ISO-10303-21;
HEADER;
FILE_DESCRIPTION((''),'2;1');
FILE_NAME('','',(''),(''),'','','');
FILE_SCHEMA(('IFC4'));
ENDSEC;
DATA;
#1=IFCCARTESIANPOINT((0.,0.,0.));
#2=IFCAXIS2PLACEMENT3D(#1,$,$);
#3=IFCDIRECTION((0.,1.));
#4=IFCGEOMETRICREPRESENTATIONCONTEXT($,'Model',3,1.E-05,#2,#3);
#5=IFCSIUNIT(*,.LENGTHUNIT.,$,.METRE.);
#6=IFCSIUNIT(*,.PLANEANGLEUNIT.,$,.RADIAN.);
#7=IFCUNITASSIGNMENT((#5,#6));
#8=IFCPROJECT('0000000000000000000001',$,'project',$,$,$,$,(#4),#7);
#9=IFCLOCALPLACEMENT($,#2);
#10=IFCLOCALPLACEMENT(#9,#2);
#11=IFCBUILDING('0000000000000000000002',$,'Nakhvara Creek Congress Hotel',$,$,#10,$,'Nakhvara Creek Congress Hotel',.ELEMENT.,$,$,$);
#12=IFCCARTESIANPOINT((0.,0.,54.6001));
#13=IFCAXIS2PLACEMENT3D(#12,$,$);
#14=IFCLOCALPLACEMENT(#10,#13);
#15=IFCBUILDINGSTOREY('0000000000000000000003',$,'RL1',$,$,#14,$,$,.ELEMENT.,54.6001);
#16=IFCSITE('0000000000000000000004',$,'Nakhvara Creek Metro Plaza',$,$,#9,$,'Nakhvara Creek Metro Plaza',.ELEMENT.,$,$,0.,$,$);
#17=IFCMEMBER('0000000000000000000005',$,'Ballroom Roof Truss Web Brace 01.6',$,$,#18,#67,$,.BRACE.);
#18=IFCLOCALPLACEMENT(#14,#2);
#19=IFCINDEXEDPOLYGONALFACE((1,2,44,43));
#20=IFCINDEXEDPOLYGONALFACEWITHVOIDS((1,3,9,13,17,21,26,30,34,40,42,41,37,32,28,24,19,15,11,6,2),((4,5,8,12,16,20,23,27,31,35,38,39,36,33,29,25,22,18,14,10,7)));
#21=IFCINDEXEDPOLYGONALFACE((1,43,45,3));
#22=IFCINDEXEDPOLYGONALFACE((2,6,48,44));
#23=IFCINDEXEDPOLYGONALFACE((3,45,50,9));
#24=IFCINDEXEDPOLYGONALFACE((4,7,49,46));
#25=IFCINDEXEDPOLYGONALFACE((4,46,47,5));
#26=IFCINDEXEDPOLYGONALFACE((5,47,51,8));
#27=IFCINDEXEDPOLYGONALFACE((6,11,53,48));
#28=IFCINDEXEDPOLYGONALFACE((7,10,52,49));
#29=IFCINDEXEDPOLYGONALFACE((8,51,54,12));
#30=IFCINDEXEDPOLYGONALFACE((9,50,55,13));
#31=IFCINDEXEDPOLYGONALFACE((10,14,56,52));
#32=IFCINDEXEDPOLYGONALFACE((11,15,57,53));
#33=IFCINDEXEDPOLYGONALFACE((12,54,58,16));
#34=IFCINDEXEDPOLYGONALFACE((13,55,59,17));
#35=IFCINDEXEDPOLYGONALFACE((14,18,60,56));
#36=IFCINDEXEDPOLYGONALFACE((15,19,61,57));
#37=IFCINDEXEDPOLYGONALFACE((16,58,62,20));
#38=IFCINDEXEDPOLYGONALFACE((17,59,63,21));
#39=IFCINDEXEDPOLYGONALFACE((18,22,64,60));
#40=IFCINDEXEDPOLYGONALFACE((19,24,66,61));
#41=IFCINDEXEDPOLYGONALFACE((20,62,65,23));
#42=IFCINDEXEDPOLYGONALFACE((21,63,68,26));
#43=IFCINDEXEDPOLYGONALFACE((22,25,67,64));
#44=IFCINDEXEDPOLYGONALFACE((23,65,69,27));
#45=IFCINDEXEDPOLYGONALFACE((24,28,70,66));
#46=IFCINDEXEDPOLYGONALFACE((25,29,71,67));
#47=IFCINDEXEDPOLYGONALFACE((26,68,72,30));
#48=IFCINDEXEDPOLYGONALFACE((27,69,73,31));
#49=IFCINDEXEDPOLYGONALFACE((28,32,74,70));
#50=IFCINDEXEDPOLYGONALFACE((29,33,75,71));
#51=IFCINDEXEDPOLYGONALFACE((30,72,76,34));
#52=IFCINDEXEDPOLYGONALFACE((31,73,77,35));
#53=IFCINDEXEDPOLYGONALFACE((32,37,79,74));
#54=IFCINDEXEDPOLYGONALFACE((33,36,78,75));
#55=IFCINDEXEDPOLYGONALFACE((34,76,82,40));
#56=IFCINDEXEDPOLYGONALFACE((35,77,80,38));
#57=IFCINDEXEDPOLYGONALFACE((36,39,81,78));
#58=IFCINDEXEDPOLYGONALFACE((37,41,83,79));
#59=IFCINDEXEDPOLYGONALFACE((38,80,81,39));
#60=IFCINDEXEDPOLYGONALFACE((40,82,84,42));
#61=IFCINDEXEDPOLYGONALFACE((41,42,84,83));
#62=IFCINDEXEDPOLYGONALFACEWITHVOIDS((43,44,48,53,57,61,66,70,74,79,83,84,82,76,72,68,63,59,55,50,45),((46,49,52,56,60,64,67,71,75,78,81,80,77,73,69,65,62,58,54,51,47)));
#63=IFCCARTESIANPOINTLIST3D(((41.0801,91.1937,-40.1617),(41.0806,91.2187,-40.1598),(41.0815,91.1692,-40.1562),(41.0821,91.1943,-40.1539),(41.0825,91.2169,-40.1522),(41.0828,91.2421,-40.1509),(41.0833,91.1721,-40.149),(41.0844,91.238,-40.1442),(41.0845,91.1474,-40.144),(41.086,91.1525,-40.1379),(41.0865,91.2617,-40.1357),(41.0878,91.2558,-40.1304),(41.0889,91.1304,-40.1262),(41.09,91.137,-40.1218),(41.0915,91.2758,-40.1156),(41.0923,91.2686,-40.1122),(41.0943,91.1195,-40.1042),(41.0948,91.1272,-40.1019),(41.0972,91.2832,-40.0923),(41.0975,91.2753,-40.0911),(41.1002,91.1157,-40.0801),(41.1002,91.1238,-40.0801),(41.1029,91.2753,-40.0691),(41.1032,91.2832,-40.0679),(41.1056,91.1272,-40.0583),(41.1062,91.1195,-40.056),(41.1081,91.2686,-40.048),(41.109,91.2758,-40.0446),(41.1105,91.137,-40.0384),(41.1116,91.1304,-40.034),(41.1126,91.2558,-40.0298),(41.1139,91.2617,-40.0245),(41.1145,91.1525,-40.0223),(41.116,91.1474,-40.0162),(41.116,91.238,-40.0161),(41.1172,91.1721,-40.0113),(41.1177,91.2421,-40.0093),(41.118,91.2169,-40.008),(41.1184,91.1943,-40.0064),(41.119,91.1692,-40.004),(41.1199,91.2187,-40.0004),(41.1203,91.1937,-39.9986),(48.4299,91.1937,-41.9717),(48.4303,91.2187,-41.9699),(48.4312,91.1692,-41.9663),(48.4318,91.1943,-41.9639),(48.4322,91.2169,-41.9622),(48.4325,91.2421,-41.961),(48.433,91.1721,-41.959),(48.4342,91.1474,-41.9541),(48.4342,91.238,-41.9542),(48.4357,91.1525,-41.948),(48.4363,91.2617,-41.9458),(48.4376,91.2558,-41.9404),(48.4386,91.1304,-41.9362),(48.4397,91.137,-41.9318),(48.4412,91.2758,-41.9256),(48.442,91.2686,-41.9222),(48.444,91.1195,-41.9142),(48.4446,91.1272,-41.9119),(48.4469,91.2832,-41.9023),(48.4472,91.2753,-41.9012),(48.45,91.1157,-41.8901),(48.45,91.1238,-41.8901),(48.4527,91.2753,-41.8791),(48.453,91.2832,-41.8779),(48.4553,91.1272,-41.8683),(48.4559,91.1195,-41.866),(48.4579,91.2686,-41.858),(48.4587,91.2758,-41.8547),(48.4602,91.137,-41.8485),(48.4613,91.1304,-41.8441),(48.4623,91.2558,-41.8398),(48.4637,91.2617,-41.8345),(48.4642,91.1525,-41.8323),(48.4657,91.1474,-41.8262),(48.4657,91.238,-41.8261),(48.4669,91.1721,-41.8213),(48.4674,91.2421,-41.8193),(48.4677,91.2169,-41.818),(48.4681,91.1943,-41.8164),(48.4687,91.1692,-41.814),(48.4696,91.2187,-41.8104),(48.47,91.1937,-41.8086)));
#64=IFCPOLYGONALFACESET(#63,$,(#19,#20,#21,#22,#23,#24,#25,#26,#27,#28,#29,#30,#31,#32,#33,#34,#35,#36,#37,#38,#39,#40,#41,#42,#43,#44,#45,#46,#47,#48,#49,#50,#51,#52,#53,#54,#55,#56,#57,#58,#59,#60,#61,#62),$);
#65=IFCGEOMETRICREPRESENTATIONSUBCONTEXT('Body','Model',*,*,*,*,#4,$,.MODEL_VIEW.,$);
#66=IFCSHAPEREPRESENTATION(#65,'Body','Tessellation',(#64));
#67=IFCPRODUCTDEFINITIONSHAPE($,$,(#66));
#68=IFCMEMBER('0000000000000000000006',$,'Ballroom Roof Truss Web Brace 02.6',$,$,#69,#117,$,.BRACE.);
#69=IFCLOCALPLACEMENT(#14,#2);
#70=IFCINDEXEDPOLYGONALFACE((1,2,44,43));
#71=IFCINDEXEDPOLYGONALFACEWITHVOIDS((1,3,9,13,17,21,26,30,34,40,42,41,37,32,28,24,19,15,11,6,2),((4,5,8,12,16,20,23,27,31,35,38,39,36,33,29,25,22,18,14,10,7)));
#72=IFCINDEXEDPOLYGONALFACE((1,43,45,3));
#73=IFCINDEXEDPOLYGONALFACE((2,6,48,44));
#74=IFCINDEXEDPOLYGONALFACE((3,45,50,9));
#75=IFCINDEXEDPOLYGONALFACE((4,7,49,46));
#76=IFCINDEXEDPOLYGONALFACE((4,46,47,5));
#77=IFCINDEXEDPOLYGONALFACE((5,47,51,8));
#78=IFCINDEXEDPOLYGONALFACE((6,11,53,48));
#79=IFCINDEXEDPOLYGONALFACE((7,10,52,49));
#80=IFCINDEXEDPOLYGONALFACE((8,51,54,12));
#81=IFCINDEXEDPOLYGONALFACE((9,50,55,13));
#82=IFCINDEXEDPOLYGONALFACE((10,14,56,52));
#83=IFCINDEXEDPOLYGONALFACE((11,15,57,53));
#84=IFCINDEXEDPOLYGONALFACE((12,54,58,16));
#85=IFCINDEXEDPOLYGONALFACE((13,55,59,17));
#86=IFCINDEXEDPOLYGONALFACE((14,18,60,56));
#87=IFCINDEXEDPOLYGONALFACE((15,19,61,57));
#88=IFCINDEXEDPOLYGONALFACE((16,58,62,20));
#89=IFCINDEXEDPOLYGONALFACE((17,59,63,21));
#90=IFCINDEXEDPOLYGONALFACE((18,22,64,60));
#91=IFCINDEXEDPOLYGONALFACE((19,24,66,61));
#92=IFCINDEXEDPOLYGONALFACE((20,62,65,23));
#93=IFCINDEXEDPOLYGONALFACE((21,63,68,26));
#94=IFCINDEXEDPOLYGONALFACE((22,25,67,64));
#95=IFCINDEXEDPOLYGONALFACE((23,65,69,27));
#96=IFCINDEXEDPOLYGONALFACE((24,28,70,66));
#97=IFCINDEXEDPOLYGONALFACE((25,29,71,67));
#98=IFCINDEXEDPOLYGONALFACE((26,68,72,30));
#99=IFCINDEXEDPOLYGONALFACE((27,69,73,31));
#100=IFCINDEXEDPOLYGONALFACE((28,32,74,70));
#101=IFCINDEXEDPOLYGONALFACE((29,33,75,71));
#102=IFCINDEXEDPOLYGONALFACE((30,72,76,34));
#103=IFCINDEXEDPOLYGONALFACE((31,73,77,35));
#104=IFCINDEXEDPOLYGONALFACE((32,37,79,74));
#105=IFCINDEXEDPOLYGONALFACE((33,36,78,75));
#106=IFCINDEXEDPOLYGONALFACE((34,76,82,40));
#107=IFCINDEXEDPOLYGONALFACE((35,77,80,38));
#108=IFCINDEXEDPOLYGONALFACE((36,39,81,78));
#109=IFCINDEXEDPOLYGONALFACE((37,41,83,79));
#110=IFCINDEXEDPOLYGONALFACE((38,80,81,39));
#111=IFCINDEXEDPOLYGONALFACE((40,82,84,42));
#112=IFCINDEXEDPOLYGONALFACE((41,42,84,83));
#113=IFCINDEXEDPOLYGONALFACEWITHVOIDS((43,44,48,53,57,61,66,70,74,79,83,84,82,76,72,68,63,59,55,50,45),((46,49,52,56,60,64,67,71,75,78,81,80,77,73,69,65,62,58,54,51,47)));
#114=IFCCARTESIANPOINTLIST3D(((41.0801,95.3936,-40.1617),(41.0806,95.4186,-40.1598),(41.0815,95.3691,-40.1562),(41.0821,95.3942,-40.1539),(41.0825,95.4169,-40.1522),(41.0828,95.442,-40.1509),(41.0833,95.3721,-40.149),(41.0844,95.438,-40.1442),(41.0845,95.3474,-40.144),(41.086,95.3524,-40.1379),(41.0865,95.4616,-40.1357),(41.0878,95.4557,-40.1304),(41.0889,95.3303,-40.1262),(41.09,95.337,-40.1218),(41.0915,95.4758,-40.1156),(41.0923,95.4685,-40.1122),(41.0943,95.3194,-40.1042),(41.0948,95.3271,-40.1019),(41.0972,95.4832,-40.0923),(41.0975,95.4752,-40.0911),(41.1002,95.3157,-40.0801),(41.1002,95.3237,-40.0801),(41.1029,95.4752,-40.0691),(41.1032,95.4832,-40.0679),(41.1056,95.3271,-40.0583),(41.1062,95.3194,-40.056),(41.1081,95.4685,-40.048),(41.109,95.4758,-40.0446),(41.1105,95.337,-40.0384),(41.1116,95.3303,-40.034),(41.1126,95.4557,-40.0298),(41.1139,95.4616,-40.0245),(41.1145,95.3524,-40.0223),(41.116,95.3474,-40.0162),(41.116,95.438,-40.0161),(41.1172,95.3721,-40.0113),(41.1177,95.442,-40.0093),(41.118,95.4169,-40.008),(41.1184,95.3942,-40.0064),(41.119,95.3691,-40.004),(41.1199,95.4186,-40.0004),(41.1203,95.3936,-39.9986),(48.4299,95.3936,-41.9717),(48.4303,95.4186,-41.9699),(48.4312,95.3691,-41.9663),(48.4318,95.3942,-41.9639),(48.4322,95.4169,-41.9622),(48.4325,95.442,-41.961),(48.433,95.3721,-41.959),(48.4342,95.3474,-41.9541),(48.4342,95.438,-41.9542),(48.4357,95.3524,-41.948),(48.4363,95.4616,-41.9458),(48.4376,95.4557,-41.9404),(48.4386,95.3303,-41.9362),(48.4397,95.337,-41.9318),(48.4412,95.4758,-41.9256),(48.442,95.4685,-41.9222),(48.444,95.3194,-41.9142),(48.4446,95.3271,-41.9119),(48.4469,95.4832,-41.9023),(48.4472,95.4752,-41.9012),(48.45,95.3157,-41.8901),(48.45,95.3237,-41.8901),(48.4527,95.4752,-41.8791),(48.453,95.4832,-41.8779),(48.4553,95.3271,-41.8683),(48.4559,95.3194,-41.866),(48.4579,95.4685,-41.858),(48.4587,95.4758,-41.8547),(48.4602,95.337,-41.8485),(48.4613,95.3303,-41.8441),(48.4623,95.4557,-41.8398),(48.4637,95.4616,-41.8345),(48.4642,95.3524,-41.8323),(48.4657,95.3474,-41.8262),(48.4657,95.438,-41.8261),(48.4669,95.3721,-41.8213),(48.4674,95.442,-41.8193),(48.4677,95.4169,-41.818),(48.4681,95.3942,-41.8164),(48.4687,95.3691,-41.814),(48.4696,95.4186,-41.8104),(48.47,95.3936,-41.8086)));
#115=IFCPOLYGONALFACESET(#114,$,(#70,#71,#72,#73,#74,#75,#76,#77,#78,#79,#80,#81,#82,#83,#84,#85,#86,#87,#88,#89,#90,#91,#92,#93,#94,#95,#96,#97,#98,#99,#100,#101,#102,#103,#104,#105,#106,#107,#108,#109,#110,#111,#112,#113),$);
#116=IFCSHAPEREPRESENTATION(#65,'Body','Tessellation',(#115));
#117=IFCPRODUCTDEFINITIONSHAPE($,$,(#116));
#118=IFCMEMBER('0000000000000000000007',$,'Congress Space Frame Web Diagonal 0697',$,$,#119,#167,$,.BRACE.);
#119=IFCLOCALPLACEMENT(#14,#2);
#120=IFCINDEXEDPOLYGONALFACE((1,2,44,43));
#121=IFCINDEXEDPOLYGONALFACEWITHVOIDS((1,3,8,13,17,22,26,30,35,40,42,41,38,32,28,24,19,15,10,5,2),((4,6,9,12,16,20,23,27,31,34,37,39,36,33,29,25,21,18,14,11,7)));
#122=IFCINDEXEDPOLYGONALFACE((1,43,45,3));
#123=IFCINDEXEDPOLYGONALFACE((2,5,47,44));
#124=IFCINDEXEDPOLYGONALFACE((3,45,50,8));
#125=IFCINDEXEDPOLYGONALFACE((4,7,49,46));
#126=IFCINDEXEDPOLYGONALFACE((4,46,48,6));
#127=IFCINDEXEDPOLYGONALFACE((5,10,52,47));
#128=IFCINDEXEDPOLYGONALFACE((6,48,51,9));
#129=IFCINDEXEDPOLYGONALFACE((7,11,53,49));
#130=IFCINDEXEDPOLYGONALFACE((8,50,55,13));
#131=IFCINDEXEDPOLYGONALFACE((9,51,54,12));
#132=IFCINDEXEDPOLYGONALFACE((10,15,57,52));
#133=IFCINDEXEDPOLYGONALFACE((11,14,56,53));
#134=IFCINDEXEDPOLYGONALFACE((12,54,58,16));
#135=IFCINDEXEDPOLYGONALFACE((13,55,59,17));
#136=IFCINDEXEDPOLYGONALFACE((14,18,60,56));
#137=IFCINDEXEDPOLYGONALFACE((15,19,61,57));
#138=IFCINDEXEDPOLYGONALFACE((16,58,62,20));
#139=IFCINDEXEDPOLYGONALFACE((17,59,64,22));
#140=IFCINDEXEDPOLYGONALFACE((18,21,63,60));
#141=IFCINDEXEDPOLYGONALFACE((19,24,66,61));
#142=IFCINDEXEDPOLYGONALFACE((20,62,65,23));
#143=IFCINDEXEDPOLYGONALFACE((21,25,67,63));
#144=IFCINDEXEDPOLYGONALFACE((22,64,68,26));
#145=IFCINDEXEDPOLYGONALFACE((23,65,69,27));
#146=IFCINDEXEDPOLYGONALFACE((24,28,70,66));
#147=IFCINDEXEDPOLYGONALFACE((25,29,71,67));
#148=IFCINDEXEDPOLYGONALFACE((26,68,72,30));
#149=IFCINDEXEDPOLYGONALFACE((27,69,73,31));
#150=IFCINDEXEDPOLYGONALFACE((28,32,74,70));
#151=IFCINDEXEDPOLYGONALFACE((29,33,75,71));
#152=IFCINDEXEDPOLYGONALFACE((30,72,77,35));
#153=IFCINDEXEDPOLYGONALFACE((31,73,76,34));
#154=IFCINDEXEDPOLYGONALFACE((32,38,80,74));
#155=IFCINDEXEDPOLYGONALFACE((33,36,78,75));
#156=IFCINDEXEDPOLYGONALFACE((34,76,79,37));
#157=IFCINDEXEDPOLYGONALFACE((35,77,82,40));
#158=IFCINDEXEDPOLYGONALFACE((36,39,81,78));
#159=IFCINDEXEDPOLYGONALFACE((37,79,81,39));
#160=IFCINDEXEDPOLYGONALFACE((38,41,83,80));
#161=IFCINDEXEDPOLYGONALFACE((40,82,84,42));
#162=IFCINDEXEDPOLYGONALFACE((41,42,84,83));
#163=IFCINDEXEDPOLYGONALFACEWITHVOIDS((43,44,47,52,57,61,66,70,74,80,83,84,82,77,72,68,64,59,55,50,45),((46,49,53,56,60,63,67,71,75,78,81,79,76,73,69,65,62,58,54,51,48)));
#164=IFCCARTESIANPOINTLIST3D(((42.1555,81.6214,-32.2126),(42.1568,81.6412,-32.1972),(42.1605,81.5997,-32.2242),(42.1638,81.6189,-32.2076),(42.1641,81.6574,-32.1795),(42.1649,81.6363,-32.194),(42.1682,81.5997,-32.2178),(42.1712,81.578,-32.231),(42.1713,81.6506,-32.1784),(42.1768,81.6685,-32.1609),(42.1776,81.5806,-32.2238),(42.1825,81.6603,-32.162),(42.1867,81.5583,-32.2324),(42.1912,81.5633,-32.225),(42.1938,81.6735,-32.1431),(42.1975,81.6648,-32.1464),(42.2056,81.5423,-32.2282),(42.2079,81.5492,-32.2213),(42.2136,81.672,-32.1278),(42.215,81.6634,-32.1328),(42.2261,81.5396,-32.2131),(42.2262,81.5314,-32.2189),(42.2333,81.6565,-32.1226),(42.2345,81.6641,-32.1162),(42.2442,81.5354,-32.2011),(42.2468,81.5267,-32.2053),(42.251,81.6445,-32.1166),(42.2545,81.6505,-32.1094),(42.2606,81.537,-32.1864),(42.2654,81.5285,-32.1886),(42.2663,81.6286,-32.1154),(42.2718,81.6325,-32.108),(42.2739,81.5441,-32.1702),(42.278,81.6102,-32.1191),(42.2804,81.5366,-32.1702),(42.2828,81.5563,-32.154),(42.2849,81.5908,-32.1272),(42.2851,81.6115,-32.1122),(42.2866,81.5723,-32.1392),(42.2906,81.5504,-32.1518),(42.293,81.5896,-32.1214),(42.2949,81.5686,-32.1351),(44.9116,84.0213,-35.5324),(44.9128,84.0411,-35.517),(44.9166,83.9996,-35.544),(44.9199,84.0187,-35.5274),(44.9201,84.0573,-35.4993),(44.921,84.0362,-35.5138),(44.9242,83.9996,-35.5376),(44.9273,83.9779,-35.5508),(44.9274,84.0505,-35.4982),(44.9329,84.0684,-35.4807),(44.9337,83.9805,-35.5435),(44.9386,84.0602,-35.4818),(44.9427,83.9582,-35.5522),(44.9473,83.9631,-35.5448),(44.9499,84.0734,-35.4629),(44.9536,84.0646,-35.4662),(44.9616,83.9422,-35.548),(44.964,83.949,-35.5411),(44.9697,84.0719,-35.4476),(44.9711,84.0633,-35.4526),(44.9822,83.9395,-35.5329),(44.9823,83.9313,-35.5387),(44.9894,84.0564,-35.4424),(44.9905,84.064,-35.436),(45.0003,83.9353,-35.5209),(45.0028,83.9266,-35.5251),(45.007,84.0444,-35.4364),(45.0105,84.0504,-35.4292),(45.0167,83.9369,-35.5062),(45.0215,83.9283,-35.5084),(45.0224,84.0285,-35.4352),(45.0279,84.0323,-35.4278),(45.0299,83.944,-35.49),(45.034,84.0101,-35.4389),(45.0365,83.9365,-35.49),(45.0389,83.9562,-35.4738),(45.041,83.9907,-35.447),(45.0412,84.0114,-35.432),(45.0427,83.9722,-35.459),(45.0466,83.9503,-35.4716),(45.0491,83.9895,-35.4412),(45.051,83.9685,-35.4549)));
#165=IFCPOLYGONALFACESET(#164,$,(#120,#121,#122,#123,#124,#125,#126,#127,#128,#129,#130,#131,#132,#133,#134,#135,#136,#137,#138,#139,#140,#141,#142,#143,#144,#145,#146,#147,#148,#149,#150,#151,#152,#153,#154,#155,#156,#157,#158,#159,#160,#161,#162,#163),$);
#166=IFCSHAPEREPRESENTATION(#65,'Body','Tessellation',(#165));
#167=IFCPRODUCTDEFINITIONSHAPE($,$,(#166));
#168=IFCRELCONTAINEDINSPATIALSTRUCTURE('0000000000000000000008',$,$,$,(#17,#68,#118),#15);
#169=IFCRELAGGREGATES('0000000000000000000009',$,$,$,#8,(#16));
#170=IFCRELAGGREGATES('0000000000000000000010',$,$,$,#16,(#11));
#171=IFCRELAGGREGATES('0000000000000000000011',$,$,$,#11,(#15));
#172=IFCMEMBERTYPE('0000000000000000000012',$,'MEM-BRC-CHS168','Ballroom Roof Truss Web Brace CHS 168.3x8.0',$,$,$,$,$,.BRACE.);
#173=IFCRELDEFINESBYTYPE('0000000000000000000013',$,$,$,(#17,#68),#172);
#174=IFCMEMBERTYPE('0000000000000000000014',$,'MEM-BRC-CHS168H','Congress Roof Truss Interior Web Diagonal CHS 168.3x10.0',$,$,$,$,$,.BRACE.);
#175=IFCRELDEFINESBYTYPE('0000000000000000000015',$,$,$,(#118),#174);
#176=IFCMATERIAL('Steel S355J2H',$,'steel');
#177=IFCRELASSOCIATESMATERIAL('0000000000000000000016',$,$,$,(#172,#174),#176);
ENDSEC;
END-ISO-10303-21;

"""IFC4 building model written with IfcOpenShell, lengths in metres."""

from ifc_helpers import new_model, si_unit, direction, frame, origin, origin_2d, place, context, subcontext, project, spatial, hollow_circle, extrude, material, material_profile, profile_set, type_object, element, save


model = new_model("IFC4")

# Units and contexts
model_context = context("Model", 3, precision=1e-05, world=origin(), true_north=direction((0.0, 1.0)))
body_context = subcontext(model_context, "Body", "Model", "MODEL_VIEW")
ifc_project = project(units=[si_unit("LENGTHUNIT", "METRE"), si_unit("PLANEANGLEUNIT", "RADIAN")], contexts=[model_context])

# Site, building, storey
site_placement = place(None, origin())
site = spatial("IfcSite", under=ifc_project, at=site_placement, Name="Nakhvara Creek Metro Plaza", LongName="Nakhvara Creek Metro Plaza", CompositionType="ELEMENT", RefElevation=0.0)
building_placement = place(site_placement, origin())
building = spatial("IfcBuilding", under=site, at=building_placement, Name="Nakhvara Creek Congress Hotel", LongName="Nakhvara Creek Congress Hotel", CompositionType="ELEMENT")
storey_placement = place(building_placement, frame((0.0, 0.0, 54.6001)))
storey = spatial("IfcBuildingStorey", under=building, at=storey_placement, Name="RL1", CompositionType="ELEMENT", Elevation=54.6001)

# Members
ifc_material_1 = material(Name="Steel S355J2H", Category="steel")
ifc_material_profile_1 = material_profile(ifc_material_1, hollow_circle(Radius=0.0842, WallThickness=0.0081, at=origin_2d()), Name="CHS 168.3x8.0", Category="LoadBearing")
ifc_profile_set_1 = profile_set([ifc_material_profile_1], Name="Steel S355J2H")
member_type_1 = type_object("IfcMemberType", Name="MEM-BRC-CHS168", Description="Ballroom Roof Truss Web Brace CHS 168.3x8.0", PredefinedType="BRACE", material=ifc_profile_set_1)
for number, where, z_axis, x_axis, name in (
    (1, (48.45, 91.2, -41.8901), (-0.970988, 0.0, 0.239127), (0.0, -1.0, 0.0), "Ballroom Roof Truss Web Brace 01.6"),
    (2, (48.45, 95.3999, -41.8901), (-0.970988, 0.0, 0.239127), (0.0, -1.0, 0.0), "Ballroom Roof Truss Web Brace 02.6"),
):
    element("IfcMember", number, at=place(storey_placement, frame(where, z_axis=z_axis, x_axis=x_axis)), inside=storey, type_object=member_type_1, Name=name, PredefinedType="BRACE", context=body_context, shape_type="SweptSolid", body=[
        extrude(hollow_circle(Radius=0.0842, WallThickness=0.0081, at=origin_2d()), origin(), (0.0, 0.0, 1.0), 7.5693),
    ])
ifc_material_profile_2 = material_profile(ifc_material_1, hollow_circle(Radius=0.0842, WallThickness=0.01, at=origin_2d()), Name="CHS 168.3x10.0", Category="LoadBearing")
ifc_profile_set_2 = profile_set([ifc_material_profile_2], Name="Steel S355J2H")
member_type_2 = type_object("IfcMemberType", Name="MEM-BRC-CHS168H", Description="Congress Roof Truss Interior Web Diagonal CHS 168.3x10.0", PredefinedType="BRACE", material=ifc_profile_set_2)
for number, where, z_axis, x_axis, name in (
    (3, (44.9812, 84.0, -35.49), (-0.558221, -0.486076, 0.672398), (0.656691, -0.75416, 0.0), "Congress Space Frame Web Diagonal 0697"),
):
    element("IfcMember", number, at=place(storey_placement, frame(where, z_axis=z_axis, x_axis=x_axis)), inside=storey, type_object=member_type_2, Name=name, PredefinedType="BRACE", context=body_context, shape_type="SweptSolid", body=[
        extrude(hollow_circle(Radius=0.0842, WallThickness=0.01, at=origin_2d()), origin(), (0.0, 0.0, 1.0), 4.9373),
    ])

save(model, "model.ifc")
